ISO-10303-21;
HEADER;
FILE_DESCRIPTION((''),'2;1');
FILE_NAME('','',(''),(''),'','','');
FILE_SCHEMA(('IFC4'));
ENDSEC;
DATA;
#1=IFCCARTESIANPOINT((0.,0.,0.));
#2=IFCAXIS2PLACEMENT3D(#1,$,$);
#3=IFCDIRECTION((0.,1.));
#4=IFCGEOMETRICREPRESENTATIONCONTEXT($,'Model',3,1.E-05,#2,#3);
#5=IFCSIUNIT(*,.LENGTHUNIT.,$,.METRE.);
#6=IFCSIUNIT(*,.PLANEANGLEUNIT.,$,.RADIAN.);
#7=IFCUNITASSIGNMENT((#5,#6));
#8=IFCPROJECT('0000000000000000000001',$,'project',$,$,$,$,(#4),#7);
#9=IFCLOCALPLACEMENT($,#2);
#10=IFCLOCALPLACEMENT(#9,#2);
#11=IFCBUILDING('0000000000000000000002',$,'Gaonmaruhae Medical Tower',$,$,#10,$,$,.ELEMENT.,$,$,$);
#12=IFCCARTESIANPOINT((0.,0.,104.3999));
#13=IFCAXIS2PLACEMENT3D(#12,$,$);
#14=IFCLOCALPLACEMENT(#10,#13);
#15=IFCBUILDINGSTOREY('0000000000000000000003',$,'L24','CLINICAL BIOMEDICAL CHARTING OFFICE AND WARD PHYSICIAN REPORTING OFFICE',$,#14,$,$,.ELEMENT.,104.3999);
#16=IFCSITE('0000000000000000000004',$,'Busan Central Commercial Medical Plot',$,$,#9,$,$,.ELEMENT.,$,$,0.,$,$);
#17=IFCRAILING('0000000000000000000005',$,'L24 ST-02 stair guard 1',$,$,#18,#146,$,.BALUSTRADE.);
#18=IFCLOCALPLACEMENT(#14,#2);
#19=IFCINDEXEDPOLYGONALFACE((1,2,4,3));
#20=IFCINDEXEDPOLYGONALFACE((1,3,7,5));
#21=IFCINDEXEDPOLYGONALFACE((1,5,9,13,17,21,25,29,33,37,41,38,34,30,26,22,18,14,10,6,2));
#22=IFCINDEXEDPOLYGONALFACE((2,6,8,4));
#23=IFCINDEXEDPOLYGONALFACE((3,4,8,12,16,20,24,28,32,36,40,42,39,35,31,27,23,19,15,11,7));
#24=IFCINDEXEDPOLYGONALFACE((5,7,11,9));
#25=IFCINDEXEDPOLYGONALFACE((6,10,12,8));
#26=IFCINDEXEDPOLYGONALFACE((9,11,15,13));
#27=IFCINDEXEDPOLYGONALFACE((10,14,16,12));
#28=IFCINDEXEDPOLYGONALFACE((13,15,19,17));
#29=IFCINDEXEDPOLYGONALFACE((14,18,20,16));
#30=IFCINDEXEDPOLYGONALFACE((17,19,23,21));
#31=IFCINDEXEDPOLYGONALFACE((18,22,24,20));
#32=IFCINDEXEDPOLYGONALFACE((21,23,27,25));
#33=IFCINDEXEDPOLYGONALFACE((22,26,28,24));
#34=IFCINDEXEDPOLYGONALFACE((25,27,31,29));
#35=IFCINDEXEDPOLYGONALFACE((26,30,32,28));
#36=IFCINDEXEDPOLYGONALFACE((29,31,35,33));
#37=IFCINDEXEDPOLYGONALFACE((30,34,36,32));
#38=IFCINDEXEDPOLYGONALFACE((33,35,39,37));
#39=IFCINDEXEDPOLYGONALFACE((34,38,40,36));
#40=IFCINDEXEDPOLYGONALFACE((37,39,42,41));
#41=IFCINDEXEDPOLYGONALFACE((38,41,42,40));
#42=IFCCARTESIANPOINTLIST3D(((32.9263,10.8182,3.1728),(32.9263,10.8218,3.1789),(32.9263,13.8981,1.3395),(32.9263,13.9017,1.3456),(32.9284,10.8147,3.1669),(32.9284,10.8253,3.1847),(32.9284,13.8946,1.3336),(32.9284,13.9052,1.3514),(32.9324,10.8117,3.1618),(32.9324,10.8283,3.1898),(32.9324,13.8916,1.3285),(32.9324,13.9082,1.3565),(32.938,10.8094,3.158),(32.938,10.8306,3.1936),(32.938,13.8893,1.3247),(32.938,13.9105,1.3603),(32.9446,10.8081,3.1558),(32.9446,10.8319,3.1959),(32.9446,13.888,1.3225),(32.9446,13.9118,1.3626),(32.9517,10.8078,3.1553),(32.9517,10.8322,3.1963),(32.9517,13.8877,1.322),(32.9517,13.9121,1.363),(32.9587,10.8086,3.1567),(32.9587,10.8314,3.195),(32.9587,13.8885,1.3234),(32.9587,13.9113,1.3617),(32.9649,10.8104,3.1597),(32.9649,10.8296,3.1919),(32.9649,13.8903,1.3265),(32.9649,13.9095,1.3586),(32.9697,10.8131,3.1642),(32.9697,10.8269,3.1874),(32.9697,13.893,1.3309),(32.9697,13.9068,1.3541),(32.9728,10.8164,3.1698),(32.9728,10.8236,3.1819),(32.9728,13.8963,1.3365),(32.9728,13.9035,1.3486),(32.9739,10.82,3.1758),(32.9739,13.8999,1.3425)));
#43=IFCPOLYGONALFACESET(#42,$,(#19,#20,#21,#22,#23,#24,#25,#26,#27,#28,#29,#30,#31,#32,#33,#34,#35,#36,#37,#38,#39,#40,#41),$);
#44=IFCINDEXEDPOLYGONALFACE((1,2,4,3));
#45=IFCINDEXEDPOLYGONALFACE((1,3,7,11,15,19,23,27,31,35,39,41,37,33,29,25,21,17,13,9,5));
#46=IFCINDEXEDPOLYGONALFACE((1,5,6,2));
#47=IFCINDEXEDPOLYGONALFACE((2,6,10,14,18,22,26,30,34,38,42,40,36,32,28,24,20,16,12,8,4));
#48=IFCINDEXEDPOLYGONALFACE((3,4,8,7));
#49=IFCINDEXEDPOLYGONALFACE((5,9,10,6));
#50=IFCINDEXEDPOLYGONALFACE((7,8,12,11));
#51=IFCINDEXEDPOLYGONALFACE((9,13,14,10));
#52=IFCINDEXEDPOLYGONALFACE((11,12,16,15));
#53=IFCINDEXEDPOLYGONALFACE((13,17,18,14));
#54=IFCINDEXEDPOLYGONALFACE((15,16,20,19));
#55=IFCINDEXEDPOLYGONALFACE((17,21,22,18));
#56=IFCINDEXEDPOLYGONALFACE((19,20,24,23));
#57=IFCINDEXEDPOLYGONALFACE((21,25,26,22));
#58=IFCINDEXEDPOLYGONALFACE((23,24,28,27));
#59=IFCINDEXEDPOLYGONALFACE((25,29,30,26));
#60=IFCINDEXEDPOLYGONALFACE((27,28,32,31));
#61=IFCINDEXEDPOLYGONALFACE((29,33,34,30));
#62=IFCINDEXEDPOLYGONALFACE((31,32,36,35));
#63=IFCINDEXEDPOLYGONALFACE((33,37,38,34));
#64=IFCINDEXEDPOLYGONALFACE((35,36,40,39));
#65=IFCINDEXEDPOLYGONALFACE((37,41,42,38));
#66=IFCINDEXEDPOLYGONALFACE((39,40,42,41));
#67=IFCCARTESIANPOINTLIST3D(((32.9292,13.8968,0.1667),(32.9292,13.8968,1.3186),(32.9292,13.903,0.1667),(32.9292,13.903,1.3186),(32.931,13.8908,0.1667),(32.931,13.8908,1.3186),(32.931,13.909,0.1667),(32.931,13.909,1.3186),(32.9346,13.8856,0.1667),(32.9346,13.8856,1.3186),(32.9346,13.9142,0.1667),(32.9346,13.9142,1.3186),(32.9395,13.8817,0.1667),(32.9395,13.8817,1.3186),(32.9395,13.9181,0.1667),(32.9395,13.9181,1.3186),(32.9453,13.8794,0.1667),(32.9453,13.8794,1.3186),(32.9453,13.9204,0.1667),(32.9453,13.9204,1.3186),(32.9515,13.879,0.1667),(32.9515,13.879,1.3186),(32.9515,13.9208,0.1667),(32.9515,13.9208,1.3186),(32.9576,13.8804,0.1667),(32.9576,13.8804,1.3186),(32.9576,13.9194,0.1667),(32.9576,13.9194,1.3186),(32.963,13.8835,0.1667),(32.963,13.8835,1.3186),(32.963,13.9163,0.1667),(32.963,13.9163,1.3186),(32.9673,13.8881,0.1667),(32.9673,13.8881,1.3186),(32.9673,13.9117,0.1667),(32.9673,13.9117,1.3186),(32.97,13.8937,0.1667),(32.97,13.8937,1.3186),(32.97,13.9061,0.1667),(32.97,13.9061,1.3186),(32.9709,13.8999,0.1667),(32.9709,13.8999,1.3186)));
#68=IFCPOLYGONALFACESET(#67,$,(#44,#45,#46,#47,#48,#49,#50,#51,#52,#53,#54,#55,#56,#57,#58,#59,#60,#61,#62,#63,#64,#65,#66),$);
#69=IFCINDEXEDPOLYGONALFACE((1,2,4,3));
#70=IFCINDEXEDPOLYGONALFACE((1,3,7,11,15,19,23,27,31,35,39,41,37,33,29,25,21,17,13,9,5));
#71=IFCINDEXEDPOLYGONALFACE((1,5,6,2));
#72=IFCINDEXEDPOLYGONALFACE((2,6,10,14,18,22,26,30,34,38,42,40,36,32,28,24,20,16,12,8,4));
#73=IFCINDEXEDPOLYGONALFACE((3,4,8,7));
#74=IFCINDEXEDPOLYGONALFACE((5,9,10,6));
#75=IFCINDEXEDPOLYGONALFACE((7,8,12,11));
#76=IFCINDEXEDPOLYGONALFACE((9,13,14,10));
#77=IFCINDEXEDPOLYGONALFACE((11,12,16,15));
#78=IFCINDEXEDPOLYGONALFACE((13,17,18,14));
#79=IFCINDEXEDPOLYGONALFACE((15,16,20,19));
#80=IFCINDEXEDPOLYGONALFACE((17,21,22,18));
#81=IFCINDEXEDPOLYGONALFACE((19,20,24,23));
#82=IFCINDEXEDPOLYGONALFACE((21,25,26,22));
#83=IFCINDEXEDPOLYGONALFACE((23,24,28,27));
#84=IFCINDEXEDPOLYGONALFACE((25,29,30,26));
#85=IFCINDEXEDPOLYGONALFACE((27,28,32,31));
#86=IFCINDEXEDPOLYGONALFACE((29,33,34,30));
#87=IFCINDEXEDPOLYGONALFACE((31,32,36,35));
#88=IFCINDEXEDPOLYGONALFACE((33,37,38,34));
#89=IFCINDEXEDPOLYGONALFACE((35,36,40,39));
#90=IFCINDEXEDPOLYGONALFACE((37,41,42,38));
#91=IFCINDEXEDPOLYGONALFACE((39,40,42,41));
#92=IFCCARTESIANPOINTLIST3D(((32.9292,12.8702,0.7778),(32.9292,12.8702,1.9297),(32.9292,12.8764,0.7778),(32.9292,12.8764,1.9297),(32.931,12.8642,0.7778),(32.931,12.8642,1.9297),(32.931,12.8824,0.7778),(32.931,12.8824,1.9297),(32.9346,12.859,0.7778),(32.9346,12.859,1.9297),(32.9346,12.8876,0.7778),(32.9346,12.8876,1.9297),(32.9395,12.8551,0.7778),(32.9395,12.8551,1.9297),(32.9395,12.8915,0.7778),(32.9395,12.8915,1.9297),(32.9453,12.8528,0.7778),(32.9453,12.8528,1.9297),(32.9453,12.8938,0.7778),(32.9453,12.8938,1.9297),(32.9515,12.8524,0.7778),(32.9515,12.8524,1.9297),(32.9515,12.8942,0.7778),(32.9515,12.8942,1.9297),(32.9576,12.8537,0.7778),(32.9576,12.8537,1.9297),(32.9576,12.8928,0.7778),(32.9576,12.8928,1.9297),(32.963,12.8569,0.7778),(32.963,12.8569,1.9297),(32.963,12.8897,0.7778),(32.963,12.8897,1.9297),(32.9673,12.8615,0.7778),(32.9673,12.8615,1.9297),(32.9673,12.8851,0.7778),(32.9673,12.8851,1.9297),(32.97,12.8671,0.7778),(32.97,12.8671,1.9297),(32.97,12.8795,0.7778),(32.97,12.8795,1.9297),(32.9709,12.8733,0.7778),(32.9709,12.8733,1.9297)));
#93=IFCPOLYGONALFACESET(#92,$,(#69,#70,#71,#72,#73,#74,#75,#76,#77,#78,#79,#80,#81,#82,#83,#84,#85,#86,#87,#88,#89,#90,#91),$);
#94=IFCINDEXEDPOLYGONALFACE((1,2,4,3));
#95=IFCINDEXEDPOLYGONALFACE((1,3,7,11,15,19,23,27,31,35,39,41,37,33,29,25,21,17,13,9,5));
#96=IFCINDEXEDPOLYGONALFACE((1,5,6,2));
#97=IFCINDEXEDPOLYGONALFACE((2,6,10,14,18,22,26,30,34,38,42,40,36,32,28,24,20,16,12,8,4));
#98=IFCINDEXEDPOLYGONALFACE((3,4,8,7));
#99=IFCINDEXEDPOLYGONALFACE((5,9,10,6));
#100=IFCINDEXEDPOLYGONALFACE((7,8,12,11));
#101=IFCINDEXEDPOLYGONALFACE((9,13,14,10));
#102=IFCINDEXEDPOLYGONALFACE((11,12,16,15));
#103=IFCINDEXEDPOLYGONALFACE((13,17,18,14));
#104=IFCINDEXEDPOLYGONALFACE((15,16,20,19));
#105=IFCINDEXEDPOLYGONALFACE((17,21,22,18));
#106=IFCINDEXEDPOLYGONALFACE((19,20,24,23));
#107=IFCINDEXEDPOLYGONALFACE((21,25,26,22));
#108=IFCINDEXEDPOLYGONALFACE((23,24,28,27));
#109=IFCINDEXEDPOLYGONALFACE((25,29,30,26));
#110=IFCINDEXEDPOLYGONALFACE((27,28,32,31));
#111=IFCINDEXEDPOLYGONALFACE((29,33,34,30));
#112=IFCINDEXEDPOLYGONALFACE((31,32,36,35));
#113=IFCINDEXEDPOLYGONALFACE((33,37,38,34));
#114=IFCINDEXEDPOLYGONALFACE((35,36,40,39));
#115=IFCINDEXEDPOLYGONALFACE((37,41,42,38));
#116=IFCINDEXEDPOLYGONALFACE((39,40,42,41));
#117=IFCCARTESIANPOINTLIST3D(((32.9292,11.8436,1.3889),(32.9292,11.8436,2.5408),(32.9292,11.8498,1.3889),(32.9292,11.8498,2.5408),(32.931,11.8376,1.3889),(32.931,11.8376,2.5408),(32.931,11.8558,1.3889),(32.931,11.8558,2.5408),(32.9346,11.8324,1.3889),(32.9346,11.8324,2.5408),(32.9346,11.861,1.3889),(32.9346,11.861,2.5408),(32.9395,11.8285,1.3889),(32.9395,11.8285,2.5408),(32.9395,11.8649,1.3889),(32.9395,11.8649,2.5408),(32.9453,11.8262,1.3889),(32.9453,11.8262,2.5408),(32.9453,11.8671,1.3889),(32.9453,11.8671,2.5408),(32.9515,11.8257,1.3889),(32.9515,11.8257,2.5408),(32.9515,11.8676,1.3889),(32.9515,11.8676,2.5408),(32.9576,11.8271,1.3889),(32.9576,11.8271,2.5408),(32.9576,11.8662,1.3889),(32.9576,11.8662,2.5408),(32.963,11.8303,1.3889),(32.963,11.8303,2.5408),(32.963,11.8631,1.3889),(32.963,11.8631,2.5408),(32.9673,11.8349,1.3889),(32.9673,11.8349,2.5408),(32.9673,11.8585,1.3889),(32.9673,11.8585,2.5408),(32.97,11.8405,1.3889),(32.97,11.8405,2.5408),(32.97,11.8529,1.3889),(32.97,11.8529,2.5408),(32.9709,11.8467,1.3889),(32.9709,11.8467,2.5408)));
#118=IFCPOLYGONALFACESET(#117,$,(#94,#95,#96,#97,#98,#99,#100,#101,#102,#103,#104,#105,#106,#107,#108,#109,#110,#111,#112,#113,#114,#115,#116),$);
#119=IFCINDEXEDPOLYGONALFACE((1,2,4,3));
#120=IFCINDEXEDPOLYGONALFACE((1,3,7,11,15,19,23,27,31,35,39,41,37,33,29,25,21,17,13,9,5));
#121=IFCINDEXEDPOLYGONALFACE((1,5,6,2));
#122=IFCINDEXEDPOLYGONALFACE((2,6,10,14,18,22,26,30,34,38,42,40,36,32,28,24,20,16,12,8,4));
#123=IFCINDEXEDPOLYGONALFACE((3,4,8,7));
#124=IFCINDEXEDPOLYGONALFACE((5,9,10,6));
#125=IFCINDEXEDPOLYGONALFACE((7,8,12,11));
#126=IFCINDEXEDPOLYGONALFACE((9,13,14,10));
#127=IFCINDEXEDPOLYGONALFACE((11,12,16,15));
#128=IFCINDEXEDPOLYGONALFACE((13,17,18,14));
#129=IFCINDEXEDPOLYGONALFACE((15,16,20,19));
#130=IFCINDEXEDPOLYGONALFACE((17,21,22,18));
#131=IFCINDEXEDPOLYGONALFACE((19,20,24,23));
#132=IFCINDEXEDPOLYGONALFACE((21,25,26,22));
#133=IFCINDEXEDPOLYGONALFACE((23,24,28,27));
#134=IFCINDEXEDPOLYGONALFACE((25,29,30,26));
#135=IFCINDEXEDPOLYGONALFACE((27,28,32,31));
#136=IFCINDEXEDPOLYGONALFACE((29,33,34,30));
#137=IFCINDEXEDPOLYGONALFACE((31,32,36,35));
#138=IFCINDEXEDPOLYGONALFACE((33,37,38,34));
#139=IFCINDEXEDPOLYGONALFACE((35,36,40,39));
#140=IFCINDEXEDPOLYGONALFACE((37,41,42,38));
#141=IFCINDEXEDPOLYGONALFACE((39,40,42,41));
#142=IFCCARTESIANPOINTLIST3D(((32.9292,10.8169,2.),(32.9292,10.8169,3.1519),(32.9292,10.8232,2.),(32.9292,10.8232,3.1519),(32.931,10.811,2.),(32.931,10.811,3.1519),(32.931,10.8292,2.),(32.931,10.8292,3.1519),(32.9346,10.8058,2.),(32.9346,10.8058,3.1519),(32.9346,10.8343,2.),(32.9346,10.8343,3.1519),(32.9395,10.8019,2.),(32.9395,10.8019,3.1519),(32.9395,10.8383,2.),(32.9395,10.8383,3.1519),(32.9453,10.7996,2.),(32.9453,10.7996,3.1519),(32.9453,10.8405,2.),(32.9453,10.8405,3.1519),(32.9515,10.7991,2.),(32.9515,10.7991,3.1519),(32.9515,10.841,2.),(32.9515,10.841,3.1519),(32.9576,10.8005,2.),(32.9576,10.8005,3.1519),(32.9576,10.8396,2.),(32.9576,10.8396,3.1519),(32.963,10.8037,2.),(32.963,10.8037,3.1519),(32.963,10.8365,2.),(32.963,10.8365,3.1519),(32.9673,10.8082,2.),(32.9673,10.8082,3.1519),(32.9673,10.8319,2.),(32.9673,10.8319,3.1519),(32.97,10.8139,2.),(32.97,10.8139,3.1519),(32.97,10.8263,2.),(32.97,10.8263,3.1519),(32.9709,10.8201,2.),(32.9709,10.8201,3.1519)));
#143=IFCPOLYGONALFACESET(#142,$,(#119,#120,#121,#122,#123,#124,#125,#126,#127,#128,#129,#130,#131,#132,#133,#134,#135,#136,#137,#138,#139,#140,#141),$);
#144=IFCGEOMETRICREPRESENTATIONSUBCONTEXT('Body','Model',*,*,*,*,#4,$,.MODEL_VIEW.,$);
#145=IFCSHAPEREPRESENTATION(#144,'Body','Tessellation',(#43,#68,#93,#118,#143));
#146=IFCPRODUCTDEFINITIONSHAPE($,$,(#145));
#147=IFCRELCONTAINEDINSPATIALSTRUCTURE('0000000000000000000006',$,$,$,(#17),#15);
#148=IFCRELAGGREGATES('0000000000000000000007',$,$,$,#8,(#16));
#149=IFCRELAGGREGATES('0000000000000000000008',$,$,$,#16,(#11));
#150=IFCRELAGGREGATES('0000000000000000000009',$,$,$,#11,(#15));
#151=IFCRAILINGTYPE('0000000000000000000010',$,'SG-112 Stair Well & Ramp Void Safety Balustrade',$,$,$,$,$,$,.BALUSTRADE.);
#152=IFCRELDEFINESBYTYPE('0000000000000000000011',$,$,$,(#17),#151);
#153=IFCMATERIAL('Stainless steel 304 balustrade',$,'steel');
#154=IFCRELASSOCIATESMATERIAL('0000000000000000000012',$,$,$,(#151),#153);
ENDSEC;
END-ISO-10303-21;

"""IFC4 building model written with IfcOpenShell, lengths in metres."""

from ifc_helpers import new_model, si_unit, direction, frame, origin, origin_2d, place, context, subcontext, project, spatial, circle, extrude, material, type_object, element, save


model = new_model("IFC4")

# Units and contexts
model_context = context("Model", 3, precision=1e-05, world=origin(), true_north=direction((0.0, 1.0)))
body_context = subcontext(model_context, "Body", "Model", "MODEL_VIEW")
ifc_project = project(units=[si_unit("LENGTHUNIT", "METRE"), si_unit("PLANEANGLEUNIT", "RADIAN")], contexts=[model_context])

# Site, building, storey
site_placement = place(None, origin())
site = spatial("IfcSite", under=ifc_project, at=site_placement, Name="Busan Central Commercial Medical Plot", CompositionType="ELEMENT", RefElevation=0.0)
building_placement = place(site_placement, origin())
building = spatial("IfcBuilding", under=site, at=building_placement, Name="Gaonmaruhae Medical Tower", CompositionType="ELEMENT")
storey_placement = place(building_placement, frame((0.0, 0.0, 104.3999)))
storey = spatial("IfcBuildingStorey", under=building, at=storey_placement, Name="L24", Description="CLINICAL BIOMEDICAL CHARTING OFFICE AND WARD PHYSICIAN REPORTING OFFICE", CompositionType="ELEMENT", Elevation=104.3999)

# Railing
ifc_material_1 = material(Name="Stainless steel 304 balustrade", Category="steel")
railing_type = type_object("IfcRailingType", Name="SG-112 Stair Well & Ramp Void Safety Balustrade", PredefinedType="BALUSTRADE", material=ifc_material_1)
railing_1_placement = place(storey_placement, frame((32.95, 13.8999, 0.1667)))
element("IfcRailing", 1, at=railing_1_placement, inside=storey, type_object=railing_type, Name="L24 ST-02 stair guard 1", PredefinedType="BALUSTRADE", context=body_context, shape_type="SweptSolid", body=[
    extrude(circle(Radius=0.0239, at=origin_2d()), frame((0.0, 0.0, 1.1758), z_axis=(0.0, -0.859291, 0.511487), x_axis=(1.0, 0.0, 0.0)), (0.0, 0.0, 1.0), 3.5842),
    extrude(circle(Radius=0.021, at=origin_2d()), origin(), (0.0, 0.0, 1.0), 1.1519),
    extrude(circle(Radius=0.021, at=origin_2d()), frame((0.0, -1.0266, 0.6111)), (0.0, 0.0, 1.0), 1.1519),
    extrude(circle(Radius=0.021, at=origin_2d()), frame((0.0, -2.0532, 1.2222)), (0.0, 0.0, 1.0), 1.1519),
    extrude(circle(Radius=0.021, at=origin_2d()), frame((0.0, -3.0798, 1.8333)), (0.0, 0.0, 1.0), 1.1519),
])

save(model, "model.ifc")
